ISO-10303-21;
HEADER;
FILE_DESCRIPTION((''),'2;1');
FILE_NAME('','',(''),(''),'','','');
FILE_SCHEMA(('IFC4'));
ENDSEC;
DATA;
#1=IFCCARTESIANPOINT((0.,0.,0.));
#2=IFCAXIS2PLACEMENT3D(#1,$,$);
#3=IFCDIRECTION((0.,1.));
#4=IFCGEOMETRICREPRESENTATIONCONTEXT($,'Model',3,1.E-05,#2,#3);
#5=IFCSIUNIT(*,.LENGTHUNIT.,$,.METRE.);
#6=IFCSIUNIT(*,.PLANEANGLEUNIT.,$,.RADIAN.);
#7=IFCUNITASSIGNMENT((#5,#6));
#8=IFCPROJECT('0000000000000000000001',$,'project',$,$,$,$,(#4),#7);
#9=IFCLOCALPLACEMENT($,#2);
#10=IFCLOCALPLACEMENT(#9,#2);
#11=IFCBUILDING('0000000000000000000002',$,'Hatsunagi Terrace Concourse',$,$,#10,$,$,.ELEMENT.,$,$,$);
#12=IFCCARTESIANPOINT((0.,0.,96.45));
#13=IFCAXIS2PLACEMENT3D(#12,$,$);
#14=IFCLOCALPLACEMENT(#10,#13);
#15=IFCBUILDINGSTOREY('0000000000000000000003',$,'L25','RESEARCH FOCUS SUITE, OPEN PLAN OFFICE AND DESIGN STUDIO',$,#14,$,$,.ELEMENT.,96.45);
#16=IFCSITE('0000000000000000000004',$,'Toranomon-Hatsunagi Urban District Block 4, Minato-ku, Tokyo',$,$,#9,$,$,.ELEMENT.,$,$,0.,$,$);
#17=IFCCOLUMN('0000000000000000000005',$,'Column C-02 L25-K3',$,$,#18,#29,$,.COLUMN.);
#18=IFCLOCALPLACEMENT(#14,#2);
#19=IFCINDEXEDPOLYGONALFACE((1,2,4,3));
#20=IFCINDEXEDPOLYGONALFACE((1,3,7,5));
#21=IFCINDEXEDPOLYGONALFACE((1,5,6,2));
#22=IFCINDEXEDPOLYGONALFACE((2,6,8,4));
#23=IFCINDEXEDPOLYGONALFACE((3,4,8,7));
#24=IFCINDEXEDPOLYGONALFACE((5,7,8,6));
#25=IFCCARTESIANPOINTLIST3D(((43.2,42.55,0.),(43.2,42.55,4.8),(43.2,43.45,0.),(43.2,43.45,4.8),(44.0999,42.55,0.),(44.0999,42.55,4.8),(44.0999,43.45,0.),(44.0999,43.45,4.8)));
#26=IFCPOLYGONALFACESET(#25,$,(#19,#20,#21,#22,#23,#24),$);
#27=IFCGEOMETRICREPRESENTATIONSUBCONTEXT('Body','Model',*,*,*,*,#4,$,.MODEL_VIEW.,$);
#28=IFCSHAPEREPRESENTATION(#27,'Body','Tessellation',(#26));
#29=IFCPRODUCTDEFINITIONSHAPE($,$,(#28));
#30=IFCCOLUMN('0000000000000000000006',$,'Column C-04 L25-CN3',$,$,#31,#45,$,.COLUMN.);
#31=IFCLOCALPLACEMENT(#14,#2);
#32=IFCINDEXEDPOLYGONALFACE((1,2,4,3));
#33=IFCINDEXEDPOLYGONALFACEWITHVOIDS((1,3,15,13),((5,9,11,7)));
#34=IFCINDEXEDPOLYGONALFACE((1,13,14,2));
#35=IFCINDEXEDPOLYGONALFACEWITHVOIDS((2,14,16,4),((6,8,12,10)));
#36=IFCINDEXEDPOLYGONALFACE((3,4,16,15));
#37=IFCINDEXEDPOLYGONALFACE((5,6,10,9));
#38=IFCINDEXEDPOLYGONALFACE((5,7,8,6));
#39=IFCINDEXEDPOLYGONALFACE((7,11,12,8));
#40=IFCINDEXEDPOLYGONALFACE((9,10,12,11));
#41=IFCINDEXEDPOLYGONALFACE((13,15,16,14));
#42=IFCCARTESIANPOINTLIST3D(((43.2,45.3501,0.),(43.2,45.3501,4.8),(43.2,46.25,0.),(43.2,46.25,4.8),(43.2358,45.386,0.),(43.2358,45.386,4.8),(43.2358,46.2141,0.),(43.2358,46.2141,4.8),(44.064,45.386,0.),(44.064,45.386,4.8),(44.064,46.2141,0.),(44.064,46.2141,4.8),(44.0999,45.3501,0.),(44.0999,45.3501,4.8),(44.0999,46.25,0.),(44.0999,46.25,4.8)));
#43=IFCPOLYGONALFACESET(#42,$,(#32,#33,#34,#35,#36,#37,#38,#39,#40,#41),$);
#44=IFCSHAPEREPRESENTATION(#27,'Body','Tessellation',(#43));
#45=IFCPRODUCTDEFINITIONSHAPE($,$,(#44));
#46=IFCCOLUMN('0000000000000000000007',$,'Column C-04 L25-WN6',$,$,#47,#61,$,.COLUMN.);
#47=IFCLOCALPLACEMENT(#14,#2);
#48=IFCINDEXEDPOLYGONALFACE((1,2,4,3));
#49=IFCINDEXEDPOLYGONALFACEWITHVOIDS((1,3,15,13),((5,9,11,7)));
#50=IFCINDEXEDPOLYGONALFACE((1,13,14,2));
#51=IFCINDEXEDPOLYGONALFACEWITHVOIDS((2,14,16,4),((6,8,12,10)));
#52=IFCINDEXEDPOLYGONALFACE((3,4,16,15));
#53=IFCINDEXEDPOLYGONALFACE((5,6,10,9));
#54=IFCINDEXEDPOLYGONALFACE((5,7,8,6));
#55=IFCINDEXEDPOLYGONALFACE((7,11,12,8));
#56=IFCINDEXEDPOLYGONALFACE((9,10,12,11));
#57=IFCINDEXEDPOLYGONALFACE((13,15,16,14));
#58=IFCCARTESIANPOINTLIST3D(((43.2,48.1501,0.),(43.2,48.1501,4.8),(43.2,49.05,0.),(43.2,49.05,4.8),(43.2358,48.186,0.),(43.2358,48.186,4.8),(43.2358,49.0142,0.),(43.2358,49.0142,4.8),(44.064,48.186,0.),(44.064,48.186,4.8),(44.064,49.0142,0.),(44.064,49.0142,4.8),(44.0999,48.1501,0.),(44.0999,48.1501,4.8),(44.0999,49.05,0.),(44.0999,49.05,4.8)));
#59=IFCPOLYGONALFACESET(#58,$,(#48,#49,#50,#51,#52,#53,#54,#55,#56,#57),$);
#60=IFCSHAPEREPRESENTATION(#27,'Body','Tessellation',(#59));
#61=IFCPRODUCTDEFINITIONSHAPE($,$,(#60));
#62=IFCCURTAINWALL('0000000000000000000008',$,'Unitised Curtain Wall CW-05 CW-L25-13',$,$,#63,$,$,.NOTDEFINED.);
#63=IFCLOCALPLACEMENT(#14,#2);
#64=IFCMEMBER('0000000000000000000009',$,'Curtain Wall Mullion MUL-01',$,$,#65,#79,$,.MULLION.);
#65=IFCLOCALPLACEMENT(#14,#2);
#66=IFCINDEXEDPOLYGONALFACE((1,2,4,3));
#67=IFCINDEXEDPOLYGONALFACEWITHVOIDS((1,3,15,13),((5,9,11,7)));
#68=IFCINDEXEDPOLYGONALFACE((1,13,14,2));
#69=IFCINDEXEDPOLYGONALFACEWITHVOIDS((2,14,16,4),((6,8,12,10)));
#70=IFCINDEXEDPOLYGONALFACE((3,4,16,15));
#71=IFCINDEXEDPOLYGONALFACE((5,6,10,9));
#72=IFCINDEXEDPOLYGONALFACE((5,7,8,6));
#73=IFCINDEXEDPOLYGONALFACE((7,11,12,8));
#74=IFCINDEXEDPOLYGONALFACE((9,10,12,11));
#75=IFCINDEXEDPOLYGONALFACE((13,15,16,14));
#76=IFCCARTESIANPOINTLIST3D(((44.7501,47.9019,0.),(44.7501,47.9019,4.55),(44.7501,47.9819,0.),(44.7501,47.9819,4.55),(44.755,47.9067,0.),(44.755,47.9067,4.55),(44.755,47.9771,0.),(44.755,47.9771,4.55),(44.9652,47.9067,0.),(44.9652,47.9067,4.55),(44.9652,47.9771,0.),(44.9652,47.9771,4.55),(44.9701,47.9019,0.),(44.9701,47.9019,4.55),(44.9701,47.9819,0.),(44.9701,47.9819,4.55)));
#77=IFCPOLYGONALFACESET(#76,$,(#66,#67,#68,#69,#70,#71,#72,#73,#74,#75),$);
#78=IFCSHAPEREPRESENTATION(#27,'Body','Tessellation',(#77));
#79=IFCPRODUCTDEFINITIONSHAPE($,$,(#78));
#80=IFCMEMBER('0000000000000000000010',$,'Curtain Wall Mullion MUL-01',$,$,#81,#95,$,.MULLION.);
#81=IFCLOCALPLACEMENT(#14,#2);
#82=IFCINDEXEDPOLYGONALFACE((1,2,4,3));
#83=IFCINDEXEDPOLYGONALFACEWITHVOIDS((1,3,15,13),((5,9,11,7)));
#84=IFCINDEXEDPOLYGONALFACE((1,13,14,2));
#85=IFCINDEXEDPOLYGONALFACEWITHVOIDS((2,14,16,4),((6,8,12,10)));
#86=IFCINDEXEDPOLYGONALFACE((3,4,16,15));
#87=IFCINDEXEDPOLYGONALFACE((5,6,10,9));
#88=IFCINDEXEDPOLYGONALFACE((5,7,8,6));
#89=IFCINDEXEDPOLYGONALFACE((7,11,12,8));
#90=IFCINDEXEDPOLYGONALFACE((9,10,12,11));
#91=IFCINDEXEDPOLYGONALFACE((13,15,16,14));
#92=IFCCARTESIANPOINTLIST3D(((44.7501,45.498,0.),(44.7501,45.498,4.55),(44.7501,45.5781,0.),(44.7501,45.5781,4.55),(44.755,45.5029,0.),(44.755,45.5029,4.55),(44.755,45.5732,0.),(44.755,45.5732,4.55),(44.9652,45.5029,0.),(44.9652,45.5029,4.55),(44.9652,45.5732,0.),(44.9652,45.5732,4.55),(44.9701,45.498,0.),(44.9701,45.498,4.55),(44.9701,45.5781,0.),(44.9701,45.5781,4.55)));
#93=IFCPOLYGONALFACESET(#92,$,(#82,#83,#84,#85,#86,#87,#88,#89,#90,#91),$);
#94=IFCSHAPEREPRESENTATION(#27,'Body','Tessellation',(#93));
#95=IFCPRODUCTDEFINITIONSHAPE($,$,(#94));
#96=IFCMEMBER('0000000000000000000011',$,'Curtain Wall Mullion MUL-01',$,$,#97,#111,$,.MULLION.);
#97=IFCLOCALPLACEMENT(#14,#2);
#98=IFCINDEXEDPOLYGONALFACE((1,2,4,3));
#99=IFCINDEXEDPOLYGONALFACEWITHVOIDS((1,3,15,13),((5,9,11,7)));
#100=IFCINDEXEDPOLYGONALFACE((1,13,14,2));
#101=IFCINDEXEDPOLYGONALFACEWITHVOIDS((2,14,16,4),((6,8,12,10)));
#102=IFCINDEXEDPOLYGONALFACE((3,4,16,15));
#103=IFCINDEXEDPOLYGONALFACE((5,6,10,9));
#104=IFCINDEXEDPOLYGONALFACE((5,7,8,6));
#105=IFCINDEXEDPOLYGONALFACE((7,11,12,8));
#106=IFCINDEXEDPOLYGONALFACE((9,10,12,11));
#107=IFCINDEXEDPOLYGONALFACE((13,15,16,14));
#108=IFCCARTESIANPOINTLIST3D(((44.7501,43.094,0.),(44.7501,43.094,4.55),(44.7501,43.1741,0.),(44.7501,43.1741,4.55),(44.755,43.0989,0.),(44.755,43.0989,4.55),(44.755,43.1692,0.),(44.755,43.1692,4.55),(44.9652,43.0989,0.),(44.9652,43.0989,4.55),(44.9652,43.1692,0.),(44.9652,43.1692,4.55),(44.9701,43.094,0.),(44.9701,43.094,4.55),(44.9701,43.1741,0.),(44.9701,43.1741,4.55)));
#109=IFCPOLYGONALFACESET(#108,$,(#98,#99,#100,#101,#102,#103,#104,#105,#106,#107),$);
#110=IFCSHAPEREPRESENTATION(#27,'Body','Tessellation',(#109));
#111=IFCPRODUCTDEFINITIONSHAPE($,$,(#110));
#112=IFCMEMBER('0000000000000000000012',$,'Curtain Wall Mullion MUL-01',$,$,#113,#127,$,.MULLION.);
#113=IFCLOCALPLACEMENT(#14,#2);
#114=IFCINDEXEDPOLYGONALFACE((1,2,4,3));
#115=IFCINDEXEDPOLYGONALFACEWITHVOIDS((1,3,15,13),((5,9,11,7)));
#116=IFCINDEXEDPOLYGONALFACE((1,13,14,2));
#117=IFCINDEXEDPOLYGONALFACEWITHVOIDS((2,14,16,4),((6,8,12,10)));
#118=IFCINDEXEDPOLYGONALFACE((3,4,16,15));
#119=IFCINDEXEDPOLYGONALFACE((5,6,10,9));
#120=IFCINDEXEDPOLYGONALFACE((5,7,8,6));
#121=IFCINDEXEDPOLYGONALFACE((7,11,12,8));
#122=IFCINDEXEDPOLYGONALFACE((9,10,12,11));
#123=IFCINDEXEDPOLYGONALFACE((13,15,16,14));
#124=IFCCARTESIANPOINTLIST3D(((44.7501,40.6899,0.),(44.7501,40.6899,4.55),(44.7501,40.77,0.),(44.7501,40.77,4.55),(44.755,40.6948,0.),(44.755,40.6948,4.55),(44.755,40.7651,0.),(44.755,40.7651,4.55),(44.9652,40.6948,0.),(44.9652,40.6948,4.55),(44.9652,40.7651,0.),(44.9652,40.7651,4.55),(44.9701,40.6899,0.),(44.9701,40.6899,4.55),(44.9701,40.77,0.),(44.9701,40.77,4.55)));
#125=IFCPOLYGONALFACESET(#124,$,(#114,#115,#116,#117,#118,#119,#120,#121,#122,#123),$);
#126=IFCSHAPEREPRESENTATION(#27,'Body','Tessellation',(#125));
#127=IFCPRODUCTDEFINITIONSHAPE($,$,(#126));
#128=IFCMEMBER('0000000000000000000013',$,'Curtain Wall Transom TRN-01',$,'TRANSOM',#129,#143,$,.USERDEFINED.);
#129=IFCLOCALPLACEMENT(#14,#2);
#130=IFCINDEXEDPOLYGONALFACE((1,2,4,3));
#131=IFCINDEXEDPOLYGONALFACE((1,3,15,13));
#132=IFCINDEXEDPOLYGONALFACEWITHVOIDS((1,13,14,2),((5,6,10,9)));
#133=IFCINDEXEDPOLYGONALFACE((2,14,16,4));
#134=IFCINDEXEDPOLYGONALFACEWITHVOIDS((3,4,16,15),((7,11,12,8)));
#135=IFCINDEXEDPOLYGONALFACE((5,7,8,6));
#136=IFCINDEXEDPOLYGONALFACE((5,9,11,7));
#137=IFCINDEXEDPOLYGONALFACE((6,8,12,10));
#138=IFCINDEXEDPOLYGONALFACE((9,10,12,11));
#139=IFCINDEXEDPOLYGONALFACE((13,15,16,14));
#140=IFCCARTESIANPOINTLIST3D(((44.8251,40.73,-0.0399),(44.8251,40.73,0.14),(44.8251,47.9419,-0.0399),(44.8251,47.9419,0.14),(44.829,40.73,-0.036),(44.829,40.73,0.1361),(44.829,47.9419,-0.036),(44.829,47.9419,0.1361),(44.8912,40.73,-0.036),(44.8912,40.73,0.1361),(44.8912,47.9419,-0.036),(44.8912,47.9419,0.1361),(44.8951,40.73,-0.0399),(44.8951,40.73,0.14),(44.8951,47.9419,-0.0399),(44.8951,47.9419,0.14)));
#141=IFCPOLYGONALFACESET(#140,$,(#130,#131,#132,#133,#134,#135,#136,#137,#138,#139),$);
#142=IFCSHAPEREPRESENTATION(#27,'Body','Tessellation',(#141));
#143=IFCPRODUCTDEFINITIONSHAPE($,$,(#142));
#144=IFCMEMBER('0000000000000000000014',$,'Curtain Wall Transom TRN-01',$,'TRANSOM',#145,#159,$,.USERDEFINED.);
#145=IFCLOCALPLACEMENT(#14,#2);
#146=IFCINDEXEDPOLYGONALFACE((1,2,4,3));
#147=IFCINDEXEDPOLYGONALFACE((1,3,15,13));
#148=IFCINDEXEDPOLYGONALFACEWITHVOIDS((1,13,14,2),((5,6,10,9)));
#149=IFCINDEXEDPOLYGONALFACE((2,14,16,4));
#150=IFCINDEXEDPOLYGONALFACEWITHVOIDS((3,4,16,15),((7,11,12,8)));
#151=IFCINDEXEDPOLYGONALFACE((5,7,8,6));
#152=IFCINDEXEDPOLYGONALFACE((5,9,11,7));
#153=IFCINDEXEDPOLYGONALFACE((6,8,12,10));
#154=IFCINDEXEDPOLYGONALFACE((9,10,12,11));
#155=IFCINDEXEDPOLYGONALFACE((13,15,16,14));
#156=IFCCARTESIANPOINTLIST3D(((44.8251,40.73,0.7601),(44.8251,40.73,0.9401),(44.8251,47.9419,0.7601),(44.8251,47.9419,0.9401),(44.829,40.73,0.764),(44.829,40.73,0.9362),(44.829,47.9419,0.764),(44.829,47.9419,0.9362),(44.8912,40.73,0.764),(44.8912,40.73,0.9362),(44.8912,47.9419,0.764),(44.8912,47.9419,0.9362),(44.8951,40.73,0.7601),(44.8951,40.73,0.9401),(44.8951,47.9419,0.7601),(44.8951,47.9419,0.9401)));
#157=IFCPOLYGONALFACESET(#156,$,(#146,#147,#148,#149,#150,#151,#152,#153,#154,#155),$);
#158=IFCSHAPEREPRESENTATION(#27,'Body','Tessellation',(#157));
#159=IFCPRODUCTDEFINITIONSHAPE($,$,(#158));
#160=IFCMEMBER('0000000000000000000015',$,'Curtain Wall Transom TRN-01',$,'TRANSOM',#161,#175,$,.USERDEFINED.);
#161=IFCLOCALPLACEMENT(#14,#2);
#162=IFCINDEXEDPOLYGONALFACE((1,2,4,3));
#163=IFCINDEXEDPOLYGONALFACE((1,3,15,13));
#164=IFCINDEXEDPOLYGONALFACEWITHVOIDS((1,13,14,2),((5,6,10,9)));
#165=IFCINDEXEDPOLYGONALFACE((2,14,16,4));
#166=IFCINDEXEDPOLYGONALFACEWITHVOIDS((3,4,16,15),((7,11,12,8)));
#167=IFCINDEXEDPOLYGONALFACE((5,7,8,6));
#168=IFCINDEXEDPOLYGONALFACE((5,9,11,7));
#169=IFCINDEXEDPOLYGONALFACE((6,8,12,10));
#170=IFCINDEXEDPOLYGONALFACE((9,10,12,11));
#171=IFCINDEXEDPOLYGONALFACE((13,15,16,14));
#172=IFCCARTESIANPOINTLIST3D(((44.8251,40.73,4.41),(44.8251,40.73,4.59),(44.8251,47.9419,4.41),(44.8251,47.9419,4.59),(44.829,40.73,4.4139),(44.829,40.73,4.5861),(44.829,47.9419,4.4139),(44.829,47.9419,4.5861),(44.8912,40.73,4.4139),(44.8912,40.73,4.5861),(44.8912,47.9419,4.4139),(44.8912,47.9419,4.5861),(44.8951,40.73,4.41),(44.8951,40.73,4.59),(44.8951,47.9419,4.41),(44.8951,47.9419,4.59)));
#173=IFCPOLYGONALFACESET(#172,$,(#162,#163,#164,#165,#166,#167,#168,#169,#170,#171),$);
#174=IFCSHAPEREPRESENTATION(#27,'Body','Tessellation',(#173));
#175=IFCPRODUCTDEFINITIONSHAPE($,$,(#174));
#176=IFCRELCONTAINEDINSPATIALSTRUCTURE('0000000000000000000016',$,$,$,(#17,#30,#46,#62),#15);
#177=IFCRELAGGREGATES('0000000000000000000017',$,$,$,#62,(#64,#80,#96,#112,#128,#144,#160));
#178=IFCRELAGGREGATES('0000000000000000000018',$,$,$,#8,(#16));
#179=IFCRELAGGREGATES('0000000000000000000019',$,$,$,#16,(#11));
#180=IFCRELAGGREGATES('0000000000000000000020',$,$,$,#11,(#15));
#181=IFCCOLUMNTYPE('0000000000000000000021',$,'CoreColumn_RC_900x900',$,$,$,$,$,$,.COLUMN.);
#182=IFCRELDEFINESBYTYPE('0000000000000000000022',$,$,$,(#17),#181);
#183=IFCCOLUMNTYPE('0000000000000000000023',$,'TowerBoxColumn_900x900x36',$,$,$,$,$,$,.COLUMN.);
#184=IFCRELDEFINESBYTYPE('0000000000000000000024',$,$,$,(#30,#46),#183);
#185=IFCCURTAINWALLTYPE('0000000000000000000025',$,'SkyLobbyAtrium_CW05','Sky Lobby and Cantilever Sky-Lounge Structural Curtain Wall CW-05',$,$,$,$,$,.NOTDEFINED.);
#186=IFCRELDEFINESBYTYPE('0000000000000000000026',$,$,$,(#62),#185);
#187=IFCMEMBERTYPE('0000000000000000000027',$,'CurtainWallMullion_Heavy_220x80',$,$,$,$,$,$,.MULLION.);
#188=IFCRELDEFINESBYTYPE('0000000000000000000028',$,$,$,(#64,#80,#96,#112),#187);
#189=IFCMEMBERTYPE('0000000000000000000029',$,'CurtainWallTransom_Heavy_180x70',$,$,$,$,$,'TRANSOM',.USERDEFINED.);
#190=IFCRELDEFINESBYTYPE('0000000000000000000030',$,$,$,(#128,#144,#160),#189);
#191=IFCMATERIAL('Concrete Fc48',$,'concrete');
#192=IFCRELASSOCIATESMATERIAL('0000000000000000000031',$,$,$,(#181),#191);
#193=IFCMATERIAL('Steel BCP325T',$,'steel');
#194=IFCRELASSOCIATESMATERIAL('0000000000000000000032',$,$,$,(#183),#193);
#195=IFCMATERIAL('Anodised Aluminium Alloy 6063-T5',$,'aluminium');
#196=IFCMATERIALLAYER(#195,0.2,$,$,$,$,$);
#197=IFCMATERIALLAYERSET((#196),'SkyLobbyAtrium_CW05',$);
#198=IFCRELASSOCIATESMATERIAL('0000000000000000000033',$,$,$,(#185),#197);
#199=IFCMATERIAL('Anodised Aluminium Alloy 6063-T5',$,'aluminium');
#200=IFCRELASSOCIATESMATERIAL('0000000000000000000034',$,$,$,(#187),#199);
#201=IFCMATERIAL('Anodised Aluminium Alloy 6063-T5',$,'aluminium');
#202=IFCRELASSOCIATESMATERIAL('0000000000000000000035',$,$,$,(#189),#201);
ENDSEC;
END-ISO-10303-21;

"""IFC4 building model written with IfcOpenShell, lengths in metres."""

from ifc_helpers import new_model, si_unit, direction, frame, origin, origin_2d, place, context, subcontext, project, spatial, rectangle, hollow_rectangle, extrude, material, layer, layer_set, material_profile, profile_set, type_object, element, aggregate, save


model = new_model("IFC4")

# Units and contexts
model_context = context("Model", 3, precision=1e-05, world=origin(), true_north=direction((0.0, 1.0)))
body_context = subcontext(model_context, "Body", "Model", "MODEL_VIEW")
ifc_project = project(units=[si_unit("LENGTHUNIT", "METRE"), si_unit("PLANEANGLEUNIT", "RADIAN")], contexts=[model_context])

# Site, building, storey
site_placement = place(None, origin())
site = spatial("IfcSite", under=ifc_project, at=site_placement, Name="Toranomon-Hatsunagi Urban District Block 4, Minato-ku, Tokyo", CompositionType="ELEMENT", RefElevation=0.0)
building_placement = place(site_placement, origin())
building = spatial("IfcBuilding", under=site, at=building_placement, Name="Hatsunagi Terrace Concourse", CompositionType="ELEMENT")
storey_placement = place(building_placement, frame((0.0, 0.0, 96.45)))
storey = spatial("IfcBuildingStorey", under=building, at=storey_placement, Name="L25", Description="RESEARCH FOCUS SUITE, OPEN PLAN OFFICE AND DESIGN STUDIO", CompositionType="ELEMENT", Elevation=96.45)

# Columns
ifc_material_1 = material(Name="Concrete Fc48", Category="concrete")
ifc_material_profile_1 = material_profile(ifc_material_1, rectangle(XDim=0.8999, YDim=0.8999, at=origin_2d()), Name="RC-900x900")
ifc_profile_set_1 = profile_set([ifc_material_profile_1], Name="Concrete Fc48")
column_type_1 = type_object("IfcColumnType", Name="CoreColumn_RC_900x900", PredefinedType="COLUMN", material=ifc_profile_set_1)
column_placement = place(storey_placement, frame((43.6499, 43.0, 0.0), z_axis=(0.0, 0.0, 1.0), x_axis=(1.0, 0.0, 0.0)))
element("IfcColumn", 1, at=column_placement, inside=storey, type_object=column_type_1, Name="Column C-02 L25-K3", PredefinedType="COLUMN", context=body_context, shape_type="SweptSolid", body=[
    extrude(rectangle(XDim=0.8999, YDim=0.8999, at=origin_2d()), origin(), (0.0, 0.0, 1.0), 4.8),
])
ifc_material_2 = material(Name="Steel BCP325T", Category="steel")
ifc_material_profile_2 = material_profile(ifc_material_2, hollow_rectangle(XDim=0.8999, YDim=0.8999, WallThickness=0.0359, at=origin_2d()), Name="BCP-900x900x36")
ifc_profile_set_2 = profile_set([ifc_material_profile_2], Name="Steel BCP325T")
column_type_2 = type_object("IfcColumnType", Name="TowerBoxColumn_900x900x36", PredefinedType="COLUMN", material=ifc_profile_set_2)
for number, where, z_axis, x_axis, name in (
    (2, (43.6499, 45.8, 0.0), (0.0, 0.0, 1.0), (1.0, 0.0, 0.0), "Column C-04 L25-CN3"),
    (3, (43.6499, 48.6001, 0.0), (0.0, 0.0, 1.0), (1.0, 0.0, 0.0), "Column C-04 L25-WN6"),
):
    element("IfcColumn", number, at=place(storey_placement, frame(where, z_axis=z_axis, x_axis=x_axis)), inside=storey, type_object=column_type_2, Name=name, PredefinedType="COLUMN", context=body_context, shape_type="SweptSolid", body=[
        extrude(hollow_rectangle(XDim=0.8999, YDim=0.8999, WallThickness=0.0359, at=origin_2d()), origin(), (0.0, 0.0, 1.0), 4.8),
    ])

# Curtain wall, members
ifc_material_3 = material(Name="Anodised Aluminium Alloy 6063-T5", Category="aluminium")
ifc_layer_1 = layer(ifc_material_3, 0.2)
ifc_layer_set_1 = layer_set([ifc_layer_1], Name="SkyLobbyAtrium_CW05")
curtain_wall_type = type_object("IfcCurtainWallType", Name="SkyLobbyAtrium_CW05", Description="Sky Lobby and Cantilever Sky-Lounge Structural Curtain Wall CW-05", PredefinedType="NOTDEFINED", material=ifc_layer_set_1)
curtain_wall_placement = place(storey_placement, origin())
curtain_wall = element("IfcCurtainWall", 4, at=curtain_wall_placement, inside=storey, type_object=curtain_wall_type, Name="Unitised Curtain Wall CW-05 CW-L25-13", PredefinedType="NOTDEFINED")
ifc_material_4 = material(Name="Anodised Aluminium Alloy 6063-T5", Category="aluminium")
ifc_material_profile_3 = material_profile(ifc_material_4, hollow_rectangle(XDim=0.0801, YDim=0.22, WallThickness=0.0049, at=origin_2d()), Name="ALU-MUL-220x80x5")
ifc_profile_set_3 = profile_set([ifc_material_profile_3], Name="Anodised Aluminium Alloy 6063-T5")
member_type_1 = type_object("IfcMemberType", Name="CurtainWallMullion_Heavy_220x80", PredefinedType="MULLION", material=ifc_profile_set_3)
member_1_placement = place(storey_placement, frame((44.8601, 47.9419, 0.0), z_axis=(0.0, 0.0, 1.0), x_axis=(0.0, -1.0, 0.0)))
member_1 = element("IfcMember", 5, at=member_1_placement, type_object=member_type_1, Name="Curtain Wall Mullion MUL-01", PredefinedType="MULLION", context=body_context, shape_type="SweptSolid", body=[
    extrude(hollow_rectangle(XDim=0.0801, YDim=0.22, WallThickness=0.0049, at=origin_2d()), origin(), (0.0, 0.0, 1.0), 4.55),
])
member_2_placement = place(storey_placement, frame((44.8601, 45.5381, 0.0), z_axis=(0.0, 0.0, 1.0), x_axis=(0.0, -1.0, 0.0)))
member_2 = element("IfcMember", 6, at=member_2_placement, type_object=member_type_1, Name="Curtain Wall Mullion MUL-01", PredefinedType="MULLION", context=body_context, shape_type="SweptSolid", body=[
    extrude(hollow_rectangle(XDim=0.0801, YDim=0.22, WallThickness=0.0049, at=origin_2d()), origin(), (0.0, 0.0, 1.0), 4.55),
])
member_3_placement = place(storey_placement, frame((44.8601, 43.134, 0.0), z_axis=(0.0, 0.0, 1.0), x_axis=(0.0, -1.0, 0.0)))
member_3 = element("IfcMember", 7, at=member_3_placement, type_object=member_type_1, Name="Curtain Wall Mullion MUL-01", PredefinedType="MULLION", context=body_context, shape_type="SweptSolid", body=[
    extrude(hollow_rectangle(XDim=0.0801, YDim=0.22, WallThickness=0.0049, at=origin_2d()), origin(), (0.0, 0.0, 1.0), 4.55),
])
member_4_placement = place(storey_placement, frame((44.8601, 40.73, 0.0), z_axis=(0.0, 0.0, 1.0), x_axis=(0.0, -1.0, 0.0)))
member_4 = element("IfcMember", 8, at=member_4_placement, type_object=member_type_1, Name="Curtain Wall Mullion MUL-01", PredefinedType="MULLION", context=body_context, shape_type="SweptSolid", body=[
    extrude(hollow_rectangle(XDim=0.0801, YDim=0.22, WallThickness=0.0049, at=origin_2d()), origin(), (0.0, 0.0, 1.0), 4.55),
])
ifc_material_5 = material(Name="Anodised Aluminium Alloy 6063-T5", Category="aluminium")
ifc_material_profile_4 = material_profile(ifc_material_5, hollow_rectangle(XDim=0.0701, YDim=0.1799, WallThickness=0.0039, at=origin_2d()), Name="ALU-TRN-180x70x4")
ifc_profile_set_4 = profile_set([ifc_material_profile_4], Name="Anodised Aluminium Alloy 6063-T5")
member_type_2 = type_object("IfcMemberType", Name="CurtainWallTransom_Heavy_180x70", ElementType="TRANSOM", PredefinedType="USERDEFINED", material=ifc_profile_set_4)
member_5_placement = place(storey_placement, frame((44.8601, 47.9419, 0.05), z_axis=(0.0, -1.0, 0.0), x_axis=(1.0, 0.0, 0.0)))
member_5 = element("IfcMember", 9, at=member_5_placement, type_object=member_type_2, Name="Curtain Wall Transom TRN-01", ObjectType="TRANSOM", PredefinedType="USERDEFINED", context=body_context, shape_type="SweptSolid", body=[
    extrude(hollow_rectangle(XDim=0.0701, YDim=0.1799, WallThickness=0.0039, at=origin_2d()), origin(), (0.0, 0.0, 1.0), 7.2119),
])
member_6_placement = place(storey_placement, frame((44.8601, 47.9419, 0.8501), z_axis=(0.0, -1.0, 0.0), x_axis=(1.0, 0.0, 0.0)))
member_6 = element("IfcMember", 10, at=member_6_placement, type_object=member_type_2, Name="Curtain Wall Transom TRN-01", ObjectType="TRANSOM", PredefinedType="USERDEFINED", context=body_context, shape_type="SweptSolid", body=[
    extrude(hollow_rectangle(XDim=0.0701, YDim=0.1799, WallThickness=0.0039, at=origin_2d()), origin(), (0.0, 0.0, 1.0), 7.2119),
])
member_7_placement = place(storey_placement, frame((44.8601, 47.9419, 4.5), z_axis=(0.0, -1.0, 0.0), x_axis=(1.0, 0.0, 0.0)))
member_7 = element("IfcMember", 11, at=member_7_placement, type_object=member_type_2, Name="Curtain Wall Transom TRN-01", ObjectType="TRANSOM", PredefinedType="USERDEFINED", context=body_context, shape_type="SweptSolid", body=[
    extrude(hollow_rectangle(XDim=0.0701, YDim=0.1799, WallThickness=0.0039, at=origin_2d()), origin(), (0.0, 0.0, 1.0), 7.2119),
])

aggregate(curtain_wall, [member_1, member_2, member_3, member_4, member_5, member_6, member_7])

save(model, "model.ifc")
